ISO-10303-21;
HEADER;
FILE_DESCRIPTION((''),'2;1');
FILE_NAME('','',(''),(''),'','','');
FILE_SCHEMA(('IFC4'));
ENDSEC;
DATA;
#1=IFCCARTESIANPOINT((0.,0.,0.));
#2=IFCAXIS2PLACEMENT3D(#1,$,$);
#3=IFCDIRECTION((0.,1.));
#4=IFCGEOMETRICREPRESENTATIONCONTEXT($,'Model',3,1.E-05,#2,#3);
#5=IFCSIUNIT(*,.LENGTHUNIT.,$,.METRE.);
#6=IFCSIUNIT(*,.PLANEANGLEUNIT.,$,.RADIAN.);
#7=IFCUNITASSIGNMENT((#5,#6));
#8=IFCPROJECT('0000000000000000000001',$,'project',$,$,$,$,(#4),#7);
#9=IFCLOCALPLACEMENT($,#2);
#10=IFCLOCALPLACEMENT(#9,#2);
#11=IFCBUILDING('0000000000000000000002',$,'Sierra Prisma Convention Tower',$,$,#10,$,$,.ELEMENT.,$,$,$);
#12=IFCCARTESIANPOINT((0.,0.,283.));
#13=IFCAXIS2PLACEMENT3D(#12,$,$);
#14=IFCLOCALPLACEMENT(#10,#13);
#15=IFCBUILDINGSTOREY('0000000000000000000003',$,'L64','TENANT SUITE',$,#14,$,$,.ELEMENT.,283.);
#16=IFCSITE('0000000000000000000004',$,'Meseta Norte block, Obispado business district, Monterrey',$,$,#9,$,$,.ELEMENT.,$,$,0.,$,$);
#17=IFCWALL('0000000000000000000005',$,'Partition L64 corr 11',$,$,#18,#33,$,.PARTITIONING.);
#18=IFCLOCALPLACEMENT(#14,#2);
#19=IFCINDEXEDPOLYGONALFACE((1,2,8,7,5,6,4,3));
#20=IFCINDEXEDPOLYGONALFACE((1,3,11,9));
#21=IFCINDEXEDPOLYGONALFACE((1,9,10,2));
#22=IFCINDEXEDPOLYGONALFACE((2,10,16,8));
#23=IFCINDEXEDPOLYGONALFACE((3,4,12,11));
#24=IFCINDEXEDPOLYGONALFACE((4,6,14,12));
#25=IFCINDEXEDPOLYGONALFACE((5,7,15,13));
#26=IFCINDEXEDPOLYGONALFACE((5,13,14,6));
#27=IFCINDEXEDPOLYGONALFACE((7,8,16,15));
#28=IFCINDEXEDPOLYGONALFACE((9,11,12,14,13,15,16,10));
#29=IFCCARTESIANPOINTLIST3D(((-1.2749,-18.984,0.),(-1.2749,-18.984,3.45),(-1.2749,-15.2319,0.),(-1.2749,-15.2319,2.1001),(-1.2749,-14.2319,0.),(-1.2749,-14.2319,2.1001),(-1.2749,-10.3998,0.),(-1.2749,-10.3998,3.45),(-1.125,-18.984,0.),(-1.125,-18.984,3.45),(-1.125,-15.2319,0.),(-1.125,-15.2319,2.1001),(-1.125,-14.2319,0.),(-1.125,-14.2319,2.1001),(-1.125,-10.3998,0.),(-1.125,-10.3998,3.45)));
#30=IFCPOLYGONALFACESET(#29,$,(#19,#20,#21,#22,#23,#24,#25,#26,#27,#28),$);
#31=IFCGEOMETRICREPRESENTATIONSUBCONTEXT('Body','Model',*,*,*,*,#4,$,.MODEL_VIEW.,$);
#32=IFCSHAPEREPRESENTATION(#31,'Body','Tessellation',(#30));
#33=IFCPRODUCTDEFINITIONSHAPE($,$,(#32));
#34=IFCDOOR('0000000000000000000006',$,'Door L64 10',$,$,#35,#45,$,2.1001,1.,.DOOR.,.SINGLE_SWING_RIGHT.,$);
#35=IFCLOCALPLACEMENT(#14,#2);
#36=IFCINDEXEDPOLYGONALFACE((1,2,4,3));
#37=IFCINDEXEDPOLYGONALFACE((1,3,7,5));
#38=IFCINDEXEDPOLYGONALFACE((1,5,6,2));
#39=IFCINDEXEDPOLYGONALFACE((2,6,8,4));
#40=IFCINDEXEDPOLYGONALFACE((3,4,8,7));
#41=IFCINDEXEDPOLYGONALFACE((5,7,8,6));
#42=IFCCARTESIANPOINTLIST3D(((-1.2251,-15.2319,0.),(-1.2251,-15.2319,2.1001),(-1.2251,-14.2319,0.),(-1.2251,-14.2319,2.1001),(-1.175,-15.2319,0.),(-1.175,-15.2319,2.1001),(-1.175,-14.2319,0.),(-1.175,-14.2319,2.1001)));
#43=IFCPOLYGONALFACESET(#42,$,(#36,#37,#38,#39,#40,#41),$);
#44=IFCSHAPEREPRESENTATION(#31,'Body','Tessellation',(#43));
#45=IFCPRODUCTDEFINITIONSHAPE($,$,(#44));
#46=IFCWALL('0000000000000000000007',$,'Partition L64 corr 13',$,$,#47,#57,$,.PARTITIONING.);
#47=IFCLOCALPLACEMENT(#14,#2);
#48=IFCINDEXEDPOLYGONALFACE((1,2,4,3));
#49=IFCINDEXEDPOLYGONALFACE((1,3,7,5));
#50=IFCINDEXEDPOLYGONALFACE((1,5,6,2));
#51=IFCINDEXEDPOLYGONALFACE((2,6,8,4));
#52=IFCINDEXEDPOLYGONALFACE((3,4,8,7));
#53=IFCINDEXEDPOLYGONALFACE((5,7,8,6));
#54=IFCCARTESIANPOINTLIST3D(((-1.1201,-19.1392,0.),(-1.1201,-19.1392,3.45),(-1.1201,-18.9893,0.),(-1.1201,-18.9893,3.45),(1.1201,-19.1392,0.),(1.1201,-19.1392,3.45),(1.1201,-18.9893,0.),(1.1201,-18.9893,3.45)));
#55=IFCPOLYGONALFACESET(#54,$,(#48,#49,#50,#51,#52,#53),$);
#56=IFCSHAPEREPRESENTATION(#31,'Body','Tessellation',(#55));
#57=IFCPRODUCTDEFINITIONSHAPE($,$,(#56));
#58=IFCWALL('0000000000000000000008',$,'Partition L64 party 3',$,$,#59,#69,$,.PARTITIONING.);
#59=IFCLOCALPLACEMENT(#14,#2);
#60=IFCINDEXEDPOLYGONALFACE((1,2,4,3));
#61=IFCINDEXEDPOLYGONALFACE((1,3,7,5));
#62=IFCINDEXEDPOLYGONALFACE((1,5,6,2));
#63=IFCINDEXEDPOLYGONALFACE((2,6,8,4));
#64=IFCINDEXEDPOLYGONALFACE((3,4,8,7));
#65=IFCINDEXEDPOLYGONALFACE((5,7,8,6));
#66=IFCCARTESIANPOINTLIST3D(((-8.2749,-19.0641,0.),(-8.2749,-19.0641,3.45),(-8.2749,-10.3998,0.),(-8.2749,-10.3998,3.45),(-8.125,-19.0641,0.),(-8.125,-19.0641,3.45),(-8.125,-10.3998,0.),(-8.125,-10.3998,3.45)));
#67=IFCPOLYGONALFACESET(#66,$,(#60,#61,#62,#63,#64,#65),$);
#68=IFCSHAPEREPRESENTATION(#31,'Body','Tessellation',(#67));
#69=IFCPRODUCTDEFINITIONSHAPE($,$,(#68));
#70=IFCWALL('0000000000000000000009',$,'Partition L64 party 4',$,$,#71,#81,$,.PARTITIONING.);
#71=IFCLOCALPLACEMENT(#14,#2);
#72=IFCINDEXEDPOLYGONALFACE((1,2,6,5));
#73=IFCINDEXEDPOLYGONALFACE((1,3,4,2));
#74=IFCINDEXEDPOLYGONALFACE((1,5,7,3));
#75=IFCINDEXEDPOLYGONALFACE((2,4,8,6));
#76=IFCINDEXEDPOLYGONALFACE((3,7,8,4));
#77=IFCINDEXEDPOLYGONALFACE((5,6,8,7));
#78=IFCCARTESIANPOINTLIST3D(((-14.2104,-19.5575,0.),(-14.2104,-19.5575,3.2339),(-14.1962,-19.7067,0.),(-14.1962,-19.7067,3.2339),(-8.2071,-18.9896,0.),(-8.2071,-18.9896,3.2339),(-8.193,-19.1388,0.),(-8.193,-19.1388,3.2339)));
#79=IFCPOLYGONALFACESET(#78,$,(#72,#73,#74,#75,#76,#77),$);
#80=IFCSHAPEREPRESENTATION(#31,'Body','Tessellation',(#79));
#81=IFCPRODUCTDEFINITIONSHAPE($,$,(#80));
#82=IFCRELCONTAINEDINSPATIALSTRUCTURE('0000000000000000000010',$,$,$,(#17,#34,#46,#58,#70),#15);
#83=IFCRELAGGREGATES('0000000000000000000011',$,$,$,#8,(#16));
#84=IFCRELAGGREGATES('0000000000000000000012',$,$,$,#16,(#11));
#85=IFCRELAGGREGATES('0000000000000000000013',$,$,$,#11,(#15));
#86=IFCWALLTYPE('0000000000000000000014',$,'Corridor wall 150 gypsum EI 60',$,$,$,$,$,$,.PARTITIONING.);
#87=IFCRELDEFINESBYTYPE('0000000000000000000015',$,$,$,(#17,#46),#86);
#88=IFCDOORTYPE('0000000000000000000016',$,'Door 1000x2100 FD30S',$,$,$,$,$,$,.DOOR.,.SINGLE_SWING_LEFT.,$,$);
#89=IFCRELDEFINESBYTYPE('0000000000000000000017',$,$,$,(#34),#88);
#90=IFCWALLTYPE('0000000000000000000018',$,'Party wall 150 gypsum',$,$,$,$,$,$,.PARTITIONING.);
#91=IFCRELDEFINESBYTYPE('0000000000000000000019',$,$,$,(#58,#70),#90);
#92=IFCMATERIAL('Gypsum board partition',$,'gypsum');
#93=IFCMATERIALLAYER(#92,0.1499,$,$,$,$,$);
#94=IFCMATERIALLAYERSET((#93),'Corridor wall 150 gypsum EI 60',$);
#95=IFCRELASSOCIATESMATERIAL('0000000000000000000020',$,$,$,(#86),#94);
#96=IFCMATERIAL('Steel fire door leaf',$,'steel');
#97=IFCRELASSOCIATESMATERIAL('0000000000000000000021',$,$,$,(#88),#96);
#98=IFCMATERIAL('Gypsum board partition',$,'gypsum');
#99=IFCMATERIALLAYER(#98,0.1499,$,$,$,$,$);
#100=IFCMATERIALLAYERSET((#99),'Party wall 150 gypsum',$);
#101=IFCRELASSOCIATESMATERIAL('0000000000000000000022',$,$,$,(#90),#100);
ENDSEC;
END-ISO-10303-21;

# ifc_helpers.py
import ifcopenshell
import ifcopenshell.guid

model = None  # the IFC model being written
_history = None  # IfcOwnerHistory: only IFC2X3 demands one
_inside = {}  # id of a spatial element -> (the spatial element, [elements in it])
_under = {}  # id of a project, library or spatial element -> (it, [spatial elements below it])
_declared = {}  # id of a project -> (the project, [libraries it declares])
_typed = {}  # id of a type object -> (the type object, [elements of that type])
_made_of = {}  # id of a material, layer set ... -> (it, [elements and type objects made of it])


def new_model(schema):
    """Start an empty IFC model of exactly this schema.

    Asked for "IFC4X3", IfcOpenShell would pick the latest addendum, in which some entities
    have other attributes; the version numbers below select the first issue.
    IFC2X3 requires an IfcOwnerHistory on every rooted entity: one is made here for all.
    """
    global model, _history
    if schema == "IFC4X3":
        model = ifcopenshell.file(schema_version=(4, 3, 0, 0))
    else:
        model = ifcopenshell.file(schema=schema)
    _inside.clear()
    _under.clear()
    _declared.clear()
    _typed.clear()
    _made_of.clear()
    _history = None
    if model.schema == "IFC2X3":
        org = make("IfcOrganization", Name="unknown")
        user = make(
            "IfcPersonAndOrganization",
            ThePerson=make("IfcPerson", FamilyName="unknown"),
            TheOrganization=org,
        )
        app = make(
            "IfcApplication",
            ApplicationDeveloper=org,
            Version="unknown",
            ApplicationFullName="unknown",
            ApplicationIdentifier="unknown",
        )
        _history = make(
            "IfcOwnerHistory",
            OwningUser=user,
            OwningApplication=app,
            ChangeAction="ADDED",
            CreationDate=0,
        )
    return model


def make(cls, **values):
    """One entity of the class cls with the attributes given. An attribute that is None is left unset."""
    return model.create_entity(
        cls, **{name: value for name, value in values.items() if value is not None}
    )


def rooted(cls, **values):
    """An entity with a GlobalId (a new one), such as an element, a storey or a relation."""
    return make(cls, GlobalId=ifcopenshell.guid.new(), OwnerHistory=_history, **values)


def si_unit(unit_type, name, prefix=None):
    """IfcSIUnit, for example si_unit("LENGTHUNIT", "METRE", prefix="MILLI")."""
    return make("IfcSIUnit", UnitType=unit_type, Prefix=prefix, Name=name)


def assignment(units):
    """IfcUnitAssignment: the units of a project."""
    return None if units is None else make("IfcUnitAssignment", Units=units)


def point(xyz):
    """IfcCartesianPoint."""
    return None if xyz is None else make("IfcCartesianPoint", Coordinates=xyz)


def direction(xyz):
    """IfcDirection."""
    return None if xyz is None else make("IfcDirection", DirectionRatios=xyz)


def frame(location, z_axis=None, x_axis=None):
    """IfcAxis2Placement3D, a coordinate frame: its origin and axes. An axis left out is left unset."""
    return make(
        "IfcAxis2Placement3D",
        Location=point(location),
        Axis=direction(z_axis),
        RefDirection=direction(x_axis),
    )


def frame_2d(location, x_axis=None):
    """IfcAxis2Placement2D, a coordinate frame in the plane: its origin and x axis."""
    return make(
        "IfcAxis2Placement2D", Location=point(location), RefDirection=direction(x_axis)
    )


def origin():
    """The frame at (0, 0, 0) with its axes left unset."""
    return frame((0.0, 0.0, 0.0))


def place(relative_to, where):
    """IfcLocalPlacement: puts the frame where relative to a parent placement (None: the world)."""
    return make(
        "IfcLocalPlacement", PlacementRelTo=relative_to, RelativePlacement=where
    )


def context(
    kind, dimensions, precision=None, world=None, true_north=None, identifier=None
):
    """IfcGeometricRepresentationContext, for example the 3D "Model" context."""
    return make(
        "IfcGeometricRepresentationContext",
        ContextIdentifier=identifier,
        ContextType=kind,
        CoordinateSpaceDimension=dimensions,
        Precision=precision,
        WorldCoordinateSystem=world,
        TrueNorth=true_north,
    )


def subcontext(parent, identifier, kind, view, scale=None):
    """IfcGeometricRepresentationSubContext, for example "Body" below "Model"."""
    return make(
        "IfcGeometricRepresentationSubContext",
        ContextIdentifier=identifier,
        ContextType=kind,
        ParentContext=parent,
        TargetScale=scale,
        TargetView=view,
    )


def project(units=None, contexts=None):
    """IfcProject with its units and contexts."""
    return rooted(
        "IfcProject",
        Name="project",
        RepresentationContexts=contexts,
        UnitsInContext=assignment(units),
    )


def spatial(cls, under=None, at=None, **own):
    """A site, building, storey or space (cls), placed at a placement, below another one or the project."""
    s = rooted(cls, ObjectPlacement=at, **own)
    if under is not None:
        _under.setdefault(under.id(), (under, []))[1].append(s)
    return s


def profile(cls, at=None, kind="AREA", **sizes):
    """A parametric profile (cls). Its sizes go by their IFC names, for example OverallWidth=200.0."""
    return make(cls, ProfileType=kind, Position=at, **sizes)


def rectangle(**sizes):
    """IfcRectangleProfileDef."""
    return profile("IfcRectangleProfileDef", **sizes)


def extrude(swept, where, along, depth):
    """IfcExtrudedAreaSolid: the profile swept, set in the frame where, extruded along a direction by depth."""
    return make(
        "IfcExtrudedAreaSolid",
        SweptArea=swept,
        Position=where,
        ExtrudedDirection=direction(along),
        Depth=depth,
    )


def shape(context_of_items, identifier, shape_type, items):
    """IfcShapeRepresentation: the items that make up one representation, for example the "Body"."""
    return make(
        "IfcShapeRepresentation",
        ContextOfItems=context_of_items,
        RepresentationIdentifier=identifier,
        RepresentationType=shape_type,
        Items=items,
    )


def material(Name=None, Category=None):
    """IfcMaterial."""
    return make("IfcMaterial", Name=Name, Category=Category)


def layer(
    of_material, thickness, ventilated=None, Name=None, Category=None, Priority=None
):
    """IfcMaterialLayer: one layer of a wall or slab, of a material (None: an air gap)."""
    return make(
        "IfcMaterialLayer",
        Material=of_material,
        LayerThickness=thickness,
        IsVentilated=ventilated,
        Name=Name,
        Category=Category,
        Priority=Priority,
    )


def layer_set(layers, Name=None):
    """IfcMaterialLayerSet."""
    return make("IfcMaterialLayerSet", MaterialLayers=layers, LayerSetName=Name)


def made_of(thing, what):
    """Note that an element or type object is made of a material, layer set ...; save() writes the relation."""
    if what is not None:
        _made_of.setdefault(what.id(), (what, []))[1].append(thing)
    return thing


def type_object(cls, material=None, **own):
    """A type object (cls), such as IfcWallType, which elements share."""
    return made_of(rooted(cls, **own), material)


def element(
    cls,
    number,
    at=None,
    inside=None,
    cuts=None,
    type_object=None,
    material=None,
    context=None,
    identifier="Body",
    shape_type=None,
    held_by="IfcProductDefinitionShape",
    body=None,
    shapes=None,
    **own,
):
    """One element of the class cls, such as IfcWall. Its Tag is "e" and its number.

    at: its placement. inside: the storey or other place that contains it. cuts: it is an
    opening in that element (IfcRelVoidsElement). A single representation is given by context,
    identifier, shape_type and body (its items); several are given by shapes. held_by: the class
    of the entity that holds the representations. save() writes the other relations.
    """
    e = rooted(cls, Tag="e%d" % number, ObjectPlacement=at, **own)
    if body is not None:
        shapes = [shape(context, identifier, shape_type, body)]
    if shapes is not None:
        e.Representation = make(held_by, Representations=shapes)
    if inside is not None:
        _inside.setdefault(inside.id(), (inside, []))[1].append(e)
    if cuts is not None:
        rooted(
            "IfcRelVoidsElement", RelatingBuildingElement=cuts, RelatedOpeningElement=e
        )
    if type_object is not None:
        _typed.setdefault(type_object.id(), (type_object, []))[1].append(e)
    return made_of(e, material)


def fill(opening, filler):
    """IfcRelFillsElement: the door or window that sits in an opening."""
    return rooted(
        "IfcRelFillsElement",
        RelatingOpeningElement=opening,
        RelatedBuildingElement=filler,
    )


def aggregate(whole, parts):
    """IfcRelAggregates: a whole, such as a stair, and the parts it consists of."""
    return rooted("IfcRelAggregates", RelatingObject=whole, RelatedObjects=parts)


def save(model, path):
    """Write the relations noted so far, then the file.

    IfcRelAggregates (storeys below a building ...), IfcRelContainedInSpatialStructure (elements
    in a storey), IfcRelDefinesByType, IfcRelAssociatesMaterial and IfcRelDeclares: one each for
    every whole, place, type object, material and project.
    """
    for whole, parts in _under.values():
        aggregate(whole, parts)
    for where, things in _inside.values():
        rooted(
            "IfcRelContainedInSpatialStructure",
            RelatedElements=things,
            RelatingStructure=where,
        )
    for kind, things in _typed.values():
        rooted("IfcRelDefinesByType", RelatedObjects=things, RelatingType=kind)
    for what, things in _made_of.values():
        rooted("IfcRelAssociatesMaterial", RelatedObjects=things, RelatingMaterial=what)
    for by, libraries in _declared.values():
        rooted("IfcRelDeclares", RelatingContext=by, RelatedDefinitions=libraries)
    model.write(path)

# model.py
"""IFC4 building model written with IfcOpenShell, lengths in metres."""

from ifc_helpers import new_model, si_unit, direction, frame, frame_2d, origin, place, context, subcontext, project, spatial, rectangle, extrude, material, layer, layer_set, type_object, element, fill, save


model = new_model("IFC4")

# Units and contexts
model_context = context("Model", 3, precision=1e-05, world=origin(), true_north=direction((0.0, 1.0)))
body_context = subcontext(model_context, "Body", "Model", "MODEL_VIEW")
ifc_project = project(units=[si_unit("LENGTHUNIT", "METRE"), si_unit("PLANEANGLEUNIT", "RADIAN")], contexts=[model_context])

# Site, building, storey
site_placement = place(None, origin())
site = spatial("IfcSite", under=ifc_project, at=site_placement, Name="Meseta Norte block, Obispado business district, Monterrey", CompositionType="ELEMENT", RefElevation=0.0)
building_placement = place(site_placement, origin())
building = spatial("IfcBuilding", under=site, at=building_placement, Name="Sierra Prisma Convention Tower", CompositionType="ELEMENT")
storey_placement = place(building_placement, frame((0.0, 0.0, 283.0)))
storey = spatial("IfcBuildingStorey", under=building, at=storey_placement, Name="L64", Description="TENANT SUITE", CompositionType="ELEMENT", Elevation=283.0)

# Shared definitions
ifc_material_1 = material(Name="Gypsum board partition", Category="gypsum")
ifc_layer_1 = layer(ifc_material_1, 0.1499)
ifc_layer_set_1 = layer_set([ifc_layer_1], Name="Corridor wall 150 gypsum EI 60")
wall_type_1 = type_object("IfcWallType", Name="Corridor wall 150 gypsum EI 60", PredefinedType="PARTITIONING", material=ifc_layer_set_1)

# Wall, opening, door
wall_1_placement = place(storey_placement, frame((-1.2, -10.3999, 0.0), z_axis=(0.0, 0.0, 1.0), x_axis=(0.0, -1.0, 0.0)))
wall_1 = element("IfcWall", 1, at=wall_1_placement, inside=storey, type_object=wall_type_1, Name="Partition L64 corr 11", PredefinedType="PARTITIONING", context=body_context, shape_type="SweptSolid", body=[
    extrude(rectangle(XDim=8.5842, YDim=0.1499, at=frame_2d((4.292, 0.0))), origin(), (0.0, 0.0, 1.0), 3.45),
])
opening_1_placement = place(wall_1_placement, frame((3.832, 0.0, 0.0)))
opening_1 = element("IfcOpeningElement", 2, at=opening_1_placement, cuts=wall_1, PredefinedType="OPENING", context=body_context, shape_type="SweptSolid", body=[
    extrude(rectangle(XDim=1.0, YDim=2.1001, at=frame_2d((0.5, 1.05))), frame((0.0, 0.075, 0.0), z_axis=(0.0, -1.0, 0.0), x_axis=(1.0, 0.0, 0.0)), (0.0, 0.0, 1.0), 0.1499),
])
ifc_material_2 = material(Name="Steel fire door leaf", Category="steel")
door_type_1 = type_object("IfcDoorType", Name="Door 1000x2100 FD30S", OperationType="SINGLE_SWING_LEFT", PredefinedType="DOOR", material=ifc_material_2)
door_1_placement = place(opening_1_placement, origin())
door_1 = element("IfcDoor", 3, at=door_1_placement, inside=storey, type_object=door_type_1, Name="Door L64 10", OperationType="SINGLE_SWING_RIGHT", OverallHeight=2.1001, OverallWidth=1.0, PredefinedType="DOOR", context=body_context, shape_type="SweptSolid", body=[
    extrude(rectangle(XDim=1.0, YDim=2.1001, at=frame_2d((0.5, 1.05))), frame((0.0, 0.0249, 0.0), z_axis=(0.0, -1.0, 0.0), x_axis=(1.0, 0.0, 0.0)), (0.0, 0.0, 1.0), 0.05),
])
fill(opening_1, door_1)

# Walls
wall_2_placement = place(storey_placement, frame((-1.1201, -19.0642, 0.0), z_axis=(0.0, 0.0, 1.0), x_axis=(1.0, 0.0, 0.0)))
element("IfcWall", 4, at=wall_2_placement, inside=storey, type_object=wall_type_1, Name="Partition L64 corr 13", PredefinedType="PARTITIONING", context=body_context, shape_type="SweptSolid", body=[
    extrude(rectangle(XDim=2.2402, YDim=0.1499, at=frame_2d((1.1201, 0.0))), origin(), (0.0, 0.0, 1.0), 3.45),
])
ifc_material_3 = material(Name="Gypsum board partition", Category="gypsum")
ifc_layer_2 = layer(ifc_material_3, 0.1499)
ifc_layer_set_2 = layer_set([ifc_layer_2], Name="Party wall 150 gypsum")
wall_type_2 = type_object("IfcWallType", Name="Party wall 150 gypsum", PredefinedType="PARTITIONING", material=ifc_layer_set_2)
wall_3_placement = place(storey_placement, frame((-8.2, -10.3999, 0.0), z_axis=(0.0, 0.0, 1.0), x_axis=(0.0, -1.0, 0.0)))
element("IfcWall", 5, at=wall_3_placement, inside=storey, type_object=wall_type_2, Name="Partition L64 party 3", PredefinedType="PARTITIONING", context=body_context, shape_type="SweptSolid", body=[
    extrude(rectangle(XDim=8.6643, YDim=0.1499, at=frame_2d((4.332, 0.0))), origin(), (0.0, 0.0, 1.0), 3.45),
])
wall_4_placement = place(storey_placement, frame((-8.2, -19.0642, 0.0), z_axis=(0.0, 0.0, 1.0), x_axis=(-0.995556, -0.094175, 0.0)))
element("IfcWall", 6, at=wall_4_placement, inside=storey, type_object=wall_type_2, Name="Partition L64 party 4", PredefinedType="PARTITIONING", context=body_context, shape_type="SweptSolid", body=[
    extrude(rectangle(XDim=6.03, YDim=0.1499, at=frame_2d((3.0151, 0.0))), origin(), (0.0, 0.0, 1.0), 3.2339),
])

save(model, "model.ifc")
